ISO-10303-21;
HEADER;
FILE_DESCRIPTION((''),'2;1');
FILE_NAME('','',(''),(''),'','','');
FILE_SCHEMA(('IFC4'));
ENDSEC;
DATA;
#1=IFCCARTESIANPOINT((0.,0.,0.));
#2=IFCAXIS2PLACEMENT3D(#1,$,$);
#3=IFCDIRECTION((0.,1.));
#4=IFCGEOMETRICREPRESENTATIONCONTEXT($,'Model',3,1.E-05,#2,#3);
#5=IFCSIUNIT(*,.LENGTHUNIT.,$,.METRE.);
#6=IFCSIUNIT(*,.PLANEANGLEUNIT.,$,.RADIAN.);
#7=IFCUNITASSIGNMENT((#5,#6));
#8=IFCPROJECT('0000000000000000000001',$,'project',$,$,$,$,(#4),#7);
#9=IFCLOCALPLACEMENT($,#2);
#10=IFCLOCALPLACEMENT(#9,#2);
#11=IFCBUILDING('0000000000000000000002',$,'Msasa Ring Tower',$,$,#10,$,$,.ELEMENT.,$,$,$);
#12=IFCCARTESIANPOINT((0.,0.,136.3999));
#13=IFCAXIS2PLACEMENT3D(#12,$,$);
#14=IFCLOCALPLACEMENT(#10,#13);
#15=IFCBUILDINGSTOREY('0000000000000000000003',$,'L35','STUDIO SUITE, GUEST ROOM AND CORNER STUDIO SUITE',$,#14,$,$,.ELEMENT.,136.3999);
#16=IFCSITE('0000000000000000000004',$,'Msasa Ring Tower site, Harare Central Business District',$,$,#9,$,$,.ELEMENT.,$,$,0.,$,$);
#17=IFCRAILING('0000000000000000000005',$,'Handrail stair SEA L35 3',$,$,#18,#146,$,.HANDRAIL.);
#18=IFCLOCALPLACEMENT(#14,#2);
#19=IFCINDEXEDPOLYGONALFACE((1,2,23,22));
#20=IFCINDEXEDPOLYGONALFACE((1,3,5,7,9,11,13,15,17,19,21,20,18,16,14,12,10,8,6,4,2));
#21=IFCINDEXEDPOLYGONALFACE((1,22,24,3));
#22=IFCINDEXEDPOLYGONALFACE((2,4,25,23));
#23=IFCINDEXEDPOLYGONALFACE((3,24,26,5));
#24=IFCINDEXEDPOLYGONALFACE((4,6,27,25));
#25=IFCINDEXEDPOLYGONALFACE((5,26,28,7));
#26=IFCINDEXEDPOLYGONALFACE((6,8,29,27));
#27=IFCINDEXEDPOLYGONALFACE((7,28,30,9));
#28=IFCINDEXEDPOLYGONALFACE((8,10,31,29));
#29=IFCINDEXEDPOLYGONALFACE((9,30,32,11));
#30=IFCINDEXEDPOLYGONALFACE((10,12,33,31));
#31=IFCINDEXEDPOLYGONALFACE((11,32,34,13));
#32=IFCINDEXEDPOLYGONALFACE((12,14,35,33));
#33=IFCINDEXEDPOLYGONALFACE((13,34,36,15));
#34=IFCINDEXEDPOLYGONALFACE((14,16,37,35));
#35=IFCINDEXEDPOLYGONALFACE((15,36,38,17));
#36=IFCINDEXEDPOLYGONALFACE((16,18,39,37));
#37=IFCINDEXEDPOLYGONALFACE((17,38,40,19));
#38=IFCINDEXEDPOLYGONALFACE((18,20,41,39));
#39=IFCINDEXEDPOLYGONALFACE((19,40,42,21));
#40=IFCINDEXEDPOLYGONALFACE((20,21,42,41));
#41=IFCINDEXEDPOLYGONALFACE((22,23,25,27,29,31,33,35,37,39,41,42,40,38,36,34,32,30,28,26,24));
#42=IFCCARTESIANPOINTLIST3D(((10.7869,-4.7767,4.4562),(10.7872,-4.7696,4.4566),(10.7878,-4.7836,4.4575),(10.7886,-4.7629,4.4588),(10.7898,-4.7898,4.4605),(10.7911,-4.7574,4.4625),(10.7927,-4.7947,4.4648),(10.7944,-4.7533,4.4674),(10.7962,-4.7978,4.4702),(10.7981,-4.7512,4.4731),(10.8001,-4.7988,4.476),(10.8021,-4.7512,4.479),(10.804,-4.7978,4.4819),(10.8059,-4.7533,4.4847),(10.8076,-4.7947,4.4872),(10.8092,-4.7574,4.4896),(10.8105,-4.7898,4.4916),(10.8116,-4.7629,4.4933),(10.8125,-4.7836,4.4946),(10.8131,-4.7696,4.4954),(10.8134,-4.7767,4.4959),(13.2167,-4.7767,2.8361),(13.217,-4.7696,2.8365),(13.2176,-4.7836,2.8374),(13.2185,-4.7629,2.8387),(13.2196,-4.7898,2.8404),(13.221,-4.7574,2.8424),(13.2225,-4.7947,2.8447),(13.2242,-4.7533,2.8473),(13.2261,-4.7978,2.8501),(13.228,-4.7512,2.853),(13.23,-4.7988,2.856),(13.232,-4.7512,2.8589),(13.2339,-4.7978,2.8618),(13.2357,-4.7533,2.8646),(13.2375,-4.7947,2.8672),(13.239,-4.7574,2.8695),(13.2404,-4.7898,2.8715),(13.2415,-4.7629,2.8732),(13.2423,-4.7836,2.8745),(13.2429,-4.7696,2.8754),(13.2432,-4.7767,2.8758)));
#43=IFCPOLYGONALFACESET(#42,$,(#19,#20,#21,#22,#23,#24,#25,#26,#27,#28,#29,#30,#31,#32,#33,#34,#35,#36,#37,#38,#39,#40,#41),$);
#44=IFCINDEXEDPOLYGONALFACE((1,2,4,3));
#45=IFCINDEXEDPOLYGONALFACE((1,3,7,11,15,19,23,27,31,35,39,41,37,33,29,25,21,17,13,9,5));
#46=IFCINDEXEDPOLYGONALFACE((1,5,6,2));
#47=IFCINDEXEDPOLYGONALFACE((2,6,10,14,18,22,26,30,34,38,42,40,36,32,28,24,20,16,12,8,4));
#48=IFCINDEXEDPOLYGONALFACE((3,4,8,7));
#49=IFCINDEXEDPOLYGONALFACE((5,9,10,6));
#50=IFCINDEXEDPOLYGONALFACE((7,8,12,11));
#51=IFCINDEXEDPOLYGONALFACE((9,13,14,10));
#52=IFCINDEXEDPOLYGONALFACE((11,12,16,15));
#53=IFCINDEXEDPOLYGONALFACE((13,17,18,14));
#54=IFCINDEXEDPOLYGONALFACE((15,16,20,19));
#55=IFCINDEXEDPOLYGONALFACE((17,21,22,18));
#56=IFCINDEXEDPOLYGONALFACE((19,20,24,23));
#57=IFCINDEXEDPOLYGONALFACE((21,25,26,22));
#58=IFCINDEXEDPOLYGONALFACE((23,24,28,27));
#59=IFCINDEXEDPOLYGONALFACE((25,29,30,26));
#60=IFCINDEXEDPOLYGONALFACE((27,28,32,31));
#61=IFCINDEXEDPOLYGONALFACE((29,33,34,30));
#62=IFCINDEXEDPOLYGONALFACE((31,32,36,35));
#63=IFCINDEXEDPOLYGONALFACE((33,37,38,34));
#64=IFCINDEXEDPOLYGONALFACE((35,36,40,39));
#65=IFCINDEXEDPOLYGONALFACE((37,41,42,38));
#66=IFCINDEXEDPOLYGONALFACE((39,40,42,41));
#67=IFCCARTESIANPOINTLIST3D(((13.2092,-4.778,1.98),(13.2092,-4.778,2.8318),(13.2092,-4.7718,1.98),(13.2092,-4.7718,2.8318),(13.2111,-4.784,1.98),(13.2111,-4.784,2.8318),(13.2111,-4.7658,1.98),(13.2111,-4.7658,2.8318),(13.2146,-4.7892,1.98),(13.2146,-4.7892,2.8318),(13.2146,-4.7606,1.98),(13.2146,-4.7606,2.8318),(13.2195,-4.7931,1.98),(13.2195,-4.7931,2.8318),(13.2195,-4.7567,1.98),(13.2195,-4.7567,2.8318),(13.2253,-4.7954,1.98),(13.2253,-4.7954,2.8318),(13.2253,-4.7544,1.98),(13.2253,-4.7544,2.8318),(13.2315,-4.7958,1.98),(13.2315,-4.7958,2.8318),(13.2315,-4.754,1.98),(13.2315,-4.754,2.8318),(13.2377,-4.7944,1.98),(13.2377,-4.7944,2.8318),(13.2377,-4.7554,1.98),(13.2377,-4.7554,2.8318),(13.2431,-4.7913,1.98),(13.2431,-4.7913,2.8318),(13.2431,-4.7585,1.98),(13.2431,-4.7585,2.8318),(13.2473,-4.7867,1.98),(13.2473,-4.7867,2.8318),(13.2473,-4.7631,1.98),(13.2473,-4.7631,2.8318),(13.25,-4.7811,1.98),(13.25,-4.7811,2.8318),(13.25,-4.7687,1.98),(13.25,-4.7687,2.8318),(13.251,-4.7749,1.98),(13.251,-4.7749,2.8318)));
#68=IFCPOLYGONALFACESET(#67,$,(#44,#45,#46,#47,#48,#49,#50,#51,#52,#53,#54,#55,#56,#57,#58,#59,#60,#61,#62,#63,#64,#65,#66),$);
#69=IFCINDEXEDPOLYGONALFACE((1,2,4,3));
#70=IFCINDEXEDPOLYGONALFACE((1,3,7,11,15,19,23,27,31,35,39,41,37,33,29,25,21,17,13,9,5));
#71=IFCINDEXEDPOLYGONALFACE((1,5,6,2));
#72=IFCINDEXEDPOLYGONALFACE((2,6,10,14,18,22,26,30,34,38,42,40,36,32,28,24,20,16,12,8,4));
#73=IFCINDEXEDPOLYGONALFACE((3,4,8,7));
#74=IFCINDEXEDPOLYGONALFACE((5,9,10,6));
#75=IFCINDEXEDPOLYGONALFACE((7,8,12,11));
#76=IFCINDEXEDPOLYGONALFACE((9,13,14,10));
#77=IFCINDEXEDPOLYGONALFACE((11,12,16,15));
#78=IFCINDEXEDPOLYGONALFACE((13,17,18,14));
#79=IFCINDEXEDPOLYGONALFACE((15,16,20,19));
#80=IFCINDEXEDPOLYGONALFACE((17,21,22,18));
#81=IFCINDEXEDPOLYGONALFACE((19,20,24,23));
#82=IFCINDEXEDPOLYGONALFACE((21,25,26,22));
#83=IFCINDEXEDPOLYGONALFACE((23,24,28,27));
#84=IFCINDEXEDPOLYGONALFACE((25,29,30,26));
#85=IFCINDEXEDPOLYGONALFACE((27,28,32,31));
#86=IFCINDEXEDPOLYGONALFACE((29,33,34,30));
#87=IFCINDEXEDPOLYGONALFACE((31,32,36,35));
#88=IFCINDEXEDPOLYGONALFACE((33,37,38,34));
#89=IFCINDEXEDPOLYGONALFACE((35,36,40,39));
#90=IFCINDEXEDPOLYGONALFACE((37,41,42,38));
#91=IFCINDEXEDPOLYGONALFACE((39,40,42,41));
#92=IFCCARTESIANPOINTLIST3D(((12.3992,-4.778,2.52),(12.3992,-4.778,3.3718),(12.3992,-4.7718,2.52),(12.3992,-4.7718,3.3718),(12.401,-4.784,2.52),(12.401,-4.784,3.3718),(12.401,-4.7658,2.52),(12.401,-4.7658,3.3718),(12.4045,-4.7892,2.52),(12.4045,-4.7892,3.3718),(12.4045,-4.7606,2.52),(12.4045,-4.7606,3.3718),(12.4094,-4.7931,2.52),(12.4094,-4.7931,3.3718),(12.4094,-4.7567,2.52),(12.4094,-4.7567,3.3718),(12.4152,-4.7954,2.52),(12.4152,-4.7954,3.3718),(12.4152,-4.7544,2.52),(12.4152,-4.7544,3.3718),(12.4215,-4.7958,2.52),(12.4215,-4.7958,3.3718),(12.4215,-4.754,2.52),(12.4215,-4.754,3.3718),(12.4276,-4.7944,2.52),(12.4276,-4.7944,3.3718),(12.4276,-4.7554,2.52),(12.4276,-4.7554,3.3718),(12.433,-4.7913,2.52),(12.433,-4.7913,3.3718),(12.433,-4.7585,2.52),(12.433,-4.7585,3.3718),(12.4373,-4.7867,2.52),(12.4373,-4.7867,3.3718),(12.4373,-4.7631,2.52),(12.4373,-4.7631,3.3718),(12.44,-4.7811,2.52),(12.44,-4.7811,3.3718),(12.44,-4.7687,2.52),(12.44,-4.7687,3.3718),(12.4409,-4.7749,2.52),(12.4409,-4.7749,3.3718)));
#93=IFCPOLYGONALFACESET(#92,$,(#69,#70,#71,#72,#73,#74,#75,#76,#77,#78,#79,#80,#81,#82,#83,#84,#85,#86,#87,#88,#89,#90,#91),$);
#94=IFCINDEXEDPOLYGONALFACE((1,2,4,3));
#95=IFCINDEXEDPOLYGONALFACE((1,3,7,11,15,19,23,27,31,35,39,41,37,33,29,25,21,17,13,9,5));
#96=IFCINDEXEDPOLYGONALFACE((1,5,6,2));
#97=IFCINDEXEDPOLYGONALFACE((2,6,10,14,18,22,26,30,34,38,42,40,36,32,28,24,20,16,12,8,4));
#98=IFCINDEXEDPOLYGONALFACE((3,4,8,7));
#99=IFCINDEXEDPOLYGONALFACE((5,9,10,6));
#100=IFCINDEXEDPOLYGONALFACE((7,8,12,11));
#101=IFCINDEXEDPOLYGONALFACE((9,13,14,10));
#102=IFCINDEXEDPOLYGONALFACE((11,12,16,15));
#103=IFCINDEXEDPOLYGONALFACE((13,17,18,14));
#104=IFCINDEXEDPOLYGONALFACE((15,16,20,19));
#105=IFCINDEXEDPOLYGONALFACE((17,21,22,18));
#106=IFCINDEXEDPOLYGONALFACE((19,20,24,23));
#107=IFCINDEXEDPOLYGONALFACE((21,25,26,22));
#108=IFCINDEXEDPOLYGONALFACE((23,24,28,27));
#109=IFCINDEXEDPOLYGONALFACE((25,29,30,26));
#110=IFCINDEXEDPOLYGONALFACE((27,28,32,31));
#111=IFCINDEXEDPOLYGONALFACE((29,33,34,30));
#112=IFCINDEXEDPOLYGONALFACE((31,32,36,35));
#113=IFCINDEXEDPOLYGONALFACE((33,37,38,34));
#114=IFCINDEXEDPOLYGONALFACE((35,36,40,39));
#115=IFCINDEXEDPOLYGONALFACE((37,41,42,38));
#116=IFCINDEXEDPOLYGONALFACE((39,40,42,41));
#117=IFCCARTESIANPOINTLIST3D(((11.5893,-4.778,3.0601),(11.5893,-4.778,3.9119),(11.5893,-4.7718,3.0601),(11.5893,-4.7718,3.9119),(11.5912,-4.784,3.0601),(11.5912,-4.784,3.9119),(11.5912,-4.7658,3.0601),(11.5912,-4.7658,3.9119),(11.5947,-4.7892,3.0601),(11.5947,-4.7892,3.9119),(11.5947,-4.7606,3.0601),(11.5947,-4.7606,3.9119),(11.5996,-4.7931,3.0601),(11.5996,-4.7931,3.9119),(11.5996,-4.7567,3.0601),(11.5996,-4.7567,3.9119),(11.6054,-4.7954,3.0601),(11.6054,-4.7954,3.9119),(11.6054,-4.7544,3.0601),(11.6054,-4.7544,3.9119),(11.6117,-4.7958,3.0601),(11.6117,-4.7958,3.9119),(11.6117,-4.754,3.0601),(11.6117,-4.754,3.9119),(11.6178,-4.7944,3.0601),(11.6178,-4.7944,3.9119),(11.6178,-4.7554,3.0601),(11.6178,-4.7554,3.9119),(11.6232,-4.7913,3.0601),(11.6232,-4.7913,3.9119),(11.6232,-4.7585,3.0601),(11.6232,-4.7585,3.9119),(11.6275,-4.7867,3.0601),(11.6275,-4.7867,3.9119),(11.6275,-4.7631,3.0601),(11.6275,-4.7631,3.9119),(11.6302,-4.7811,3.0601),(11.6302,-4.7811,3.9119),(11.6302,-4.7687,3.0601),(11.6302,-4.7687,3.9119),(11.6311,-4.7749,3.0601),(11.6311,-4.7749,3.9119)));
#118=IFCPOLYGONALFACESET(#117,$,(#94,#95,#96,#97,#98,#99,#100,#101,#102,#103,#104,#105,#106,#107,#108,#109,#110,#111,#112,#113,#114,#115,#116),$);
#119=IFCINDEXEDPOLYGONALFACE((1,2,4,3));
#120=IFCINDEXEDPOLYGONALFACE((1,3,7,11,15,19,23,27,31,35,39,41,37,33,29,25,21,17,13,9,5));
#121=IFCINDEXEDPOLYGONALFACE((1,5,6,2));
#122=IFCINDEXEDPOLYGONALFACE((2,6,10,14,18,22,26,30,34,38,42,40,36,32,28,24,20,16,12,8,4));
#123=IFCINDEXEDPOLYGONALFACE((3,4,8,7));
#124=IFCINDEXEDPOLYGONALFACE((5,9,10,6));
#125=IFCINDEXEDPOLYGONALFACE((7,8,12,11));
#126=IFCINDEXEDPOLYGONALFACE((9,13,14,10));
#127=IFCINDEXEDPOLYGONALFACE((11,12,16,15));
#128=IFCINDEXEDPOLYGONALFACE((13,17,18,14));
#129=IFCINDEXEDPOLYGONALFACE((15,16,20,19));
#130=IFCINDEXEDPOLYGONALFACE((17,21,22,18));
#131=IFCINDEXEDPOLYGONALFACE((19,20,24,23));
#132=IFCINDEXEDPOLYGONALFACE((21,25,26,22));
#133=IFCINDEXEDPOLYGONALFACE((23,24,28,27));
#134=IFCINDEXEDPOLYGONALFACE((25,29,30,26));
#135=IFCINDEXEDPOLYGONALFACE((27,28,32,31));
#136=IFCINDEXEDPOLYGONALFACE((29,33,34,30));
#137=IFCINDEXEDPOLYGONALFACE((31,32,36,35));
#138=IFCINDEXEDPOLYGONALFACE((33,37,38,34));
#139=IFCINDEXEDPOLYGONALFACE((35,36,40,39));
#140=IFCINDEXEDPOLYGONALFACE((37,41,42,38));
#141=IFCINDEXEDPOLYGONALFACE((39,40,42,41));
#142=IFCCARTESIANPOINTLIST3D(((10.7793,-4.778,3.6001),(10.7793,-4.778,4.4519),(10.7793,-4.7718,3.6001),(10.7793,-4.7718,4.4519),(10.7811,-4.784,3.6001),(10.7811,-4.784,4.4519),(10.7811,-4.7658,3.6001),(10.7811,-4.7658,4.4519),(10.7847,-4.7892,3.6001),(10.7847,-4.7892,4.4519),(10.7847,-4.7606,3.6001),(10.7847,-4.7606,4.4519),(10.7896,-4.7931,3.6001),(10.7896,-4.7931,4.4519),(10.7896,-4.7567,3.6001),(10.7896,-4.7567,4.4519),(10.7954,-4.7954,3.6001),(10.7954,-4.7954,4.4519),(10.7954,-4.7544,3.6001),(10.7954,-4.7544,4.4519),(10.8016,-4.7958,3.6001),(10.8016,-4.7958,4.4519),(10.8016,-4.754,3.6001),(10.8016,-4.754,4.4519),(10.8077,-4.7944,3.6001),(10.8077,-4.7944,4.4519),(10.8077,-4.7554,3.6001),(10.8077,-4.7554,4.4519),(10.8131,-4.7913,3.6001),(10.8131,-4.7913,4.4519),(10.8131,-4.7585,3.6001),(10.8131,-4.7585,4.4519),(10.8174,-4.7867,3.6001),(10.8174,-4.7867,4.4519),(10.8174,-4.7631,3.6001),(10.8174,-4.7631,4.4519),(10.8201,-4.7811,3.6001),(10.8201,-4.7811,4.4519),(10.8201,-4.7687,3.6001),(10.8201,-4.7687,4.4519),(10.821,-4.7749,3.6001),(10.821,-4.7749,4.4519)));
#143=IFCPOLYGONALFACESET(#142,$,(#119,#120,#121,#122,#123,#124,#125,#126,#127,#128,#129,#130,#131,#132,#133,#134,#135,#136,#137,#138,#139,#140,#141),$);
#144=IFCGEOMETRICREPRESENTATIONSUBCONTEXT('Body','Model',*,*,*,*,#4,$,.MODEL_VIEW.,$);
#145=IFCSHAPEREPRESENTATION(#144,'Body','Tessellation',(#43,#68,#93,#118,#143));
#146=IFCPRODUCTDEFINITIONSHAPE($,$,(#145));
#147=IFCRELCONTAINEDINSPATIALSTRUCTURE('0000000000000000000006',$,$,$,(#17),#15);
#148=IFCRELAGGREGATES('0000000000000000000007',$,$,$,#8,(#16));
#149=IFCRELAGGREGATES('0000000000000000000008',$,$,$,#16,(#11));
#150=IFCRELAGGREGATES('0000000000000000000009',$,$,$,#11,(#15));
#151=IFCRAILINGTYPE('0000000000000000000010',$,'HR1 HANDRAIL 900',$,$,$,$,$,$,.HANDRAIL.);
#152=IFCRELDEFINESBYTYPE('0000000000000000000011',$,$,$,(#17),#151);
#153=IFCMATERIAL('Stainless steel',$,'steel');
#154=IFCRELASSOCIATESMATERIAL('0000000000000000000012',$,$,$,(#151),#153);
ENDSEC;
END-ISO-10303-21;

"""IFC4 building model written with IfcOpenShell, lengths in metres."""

from ifc_helpers import new_model, si_unit, direction, frame, origin, origin_2d, place, context, subcontext, project, spatial, circle, extrude, material, type_object, element, save


model = new_model("IFC4")

# Units and contexts
model_context = context("Model", 3, precision=1e-05, world=origin(), true_north=direction((0.0, 1.0)))
body_context = subcontext(model_context, "Body", "Model", "MODEL_VIEW")
ifc_project = project(units=[si_unit("LENGTHUNIT", "METRE"), si_unit("PLANEANGLEUNIT", "RADIAN")], contexts=[model_context])

# Site, building, storey
site_placement = place(None, origin())
site = spatial("IfcSite", under=ifc_project, at=site_placement, Name="Msasa Ring Tower site, Harare Central Business District", CompositionType="ELEMENT", RefElevation=0.0)
building_placement = place(site_placement, origin())
building = spatial("IfcBuilding", under=site, at=building_placement, Name="Msasa Ring Tower", CompositionType="ELEMENT")
storey_placement = place(building_placement, frame((0.0, 0.0, 136.3999)))
storey = spatial("IfcBuildingStorey", under=building, at=storey_placement, Name="L35", Description="STUDIO SUITE, GUEST ROOM AND CORNER STUDIO SUITE", CompositionType="ELEMENT", Elevation=136.3999)

# Railing
ifc_material_1 = material(Name="Stainless steel", Category="steel")
railing_type = type_object("IfcRailingType", Name="HR1 HANDRAIL 900", PredefinedType="HANDRAIL", material=ifc_material_1)
railing_placement = place(storey_placement, frame((13.23, -4.7749, 1.98)))
element("IfcRailing", 1, at=railing_placement, inside=storey, type_object=railing_type, Name="Handrail stair SEA L35 3", PredefinedType="HANDRAIL", context=body_context, shape_type="SweptSolid", body=[
    extrude(circle(Radius=0.0239, at=origin_2d()), frame((0.0, 0.0, 0.876), z_axis=(-0.832025, 0.0, 0.554739), x_axis=(0.0, -1.0, 0.0)), (0.0, 0.0, 1.0), 2.9204),
    extrude(circle(Radius=0.021, at=origin_2d()), origin(), (0.0, 0.0, 1.0), 0.8518),
    extrude(circle(Radius=0.021, at=origin_2d()), frame((-0.8101, 0.0, 0.54)), (0.0, 0.0, 1.0), 0.8518),
    extrude(circle(Radius=0.021, at=origin_2d()), frame((-1.6199, 0.0, 1.0801)), (0.0, 0.0, 1.0), 0.8518),
    extrude(circle(Radius=0.021, at=origin_2d()), frame((-2.4299, 0.0, 1.6201)), (0.0, 0.0, 1.0), 0.8518),
])

save(model, "model.ifc")
